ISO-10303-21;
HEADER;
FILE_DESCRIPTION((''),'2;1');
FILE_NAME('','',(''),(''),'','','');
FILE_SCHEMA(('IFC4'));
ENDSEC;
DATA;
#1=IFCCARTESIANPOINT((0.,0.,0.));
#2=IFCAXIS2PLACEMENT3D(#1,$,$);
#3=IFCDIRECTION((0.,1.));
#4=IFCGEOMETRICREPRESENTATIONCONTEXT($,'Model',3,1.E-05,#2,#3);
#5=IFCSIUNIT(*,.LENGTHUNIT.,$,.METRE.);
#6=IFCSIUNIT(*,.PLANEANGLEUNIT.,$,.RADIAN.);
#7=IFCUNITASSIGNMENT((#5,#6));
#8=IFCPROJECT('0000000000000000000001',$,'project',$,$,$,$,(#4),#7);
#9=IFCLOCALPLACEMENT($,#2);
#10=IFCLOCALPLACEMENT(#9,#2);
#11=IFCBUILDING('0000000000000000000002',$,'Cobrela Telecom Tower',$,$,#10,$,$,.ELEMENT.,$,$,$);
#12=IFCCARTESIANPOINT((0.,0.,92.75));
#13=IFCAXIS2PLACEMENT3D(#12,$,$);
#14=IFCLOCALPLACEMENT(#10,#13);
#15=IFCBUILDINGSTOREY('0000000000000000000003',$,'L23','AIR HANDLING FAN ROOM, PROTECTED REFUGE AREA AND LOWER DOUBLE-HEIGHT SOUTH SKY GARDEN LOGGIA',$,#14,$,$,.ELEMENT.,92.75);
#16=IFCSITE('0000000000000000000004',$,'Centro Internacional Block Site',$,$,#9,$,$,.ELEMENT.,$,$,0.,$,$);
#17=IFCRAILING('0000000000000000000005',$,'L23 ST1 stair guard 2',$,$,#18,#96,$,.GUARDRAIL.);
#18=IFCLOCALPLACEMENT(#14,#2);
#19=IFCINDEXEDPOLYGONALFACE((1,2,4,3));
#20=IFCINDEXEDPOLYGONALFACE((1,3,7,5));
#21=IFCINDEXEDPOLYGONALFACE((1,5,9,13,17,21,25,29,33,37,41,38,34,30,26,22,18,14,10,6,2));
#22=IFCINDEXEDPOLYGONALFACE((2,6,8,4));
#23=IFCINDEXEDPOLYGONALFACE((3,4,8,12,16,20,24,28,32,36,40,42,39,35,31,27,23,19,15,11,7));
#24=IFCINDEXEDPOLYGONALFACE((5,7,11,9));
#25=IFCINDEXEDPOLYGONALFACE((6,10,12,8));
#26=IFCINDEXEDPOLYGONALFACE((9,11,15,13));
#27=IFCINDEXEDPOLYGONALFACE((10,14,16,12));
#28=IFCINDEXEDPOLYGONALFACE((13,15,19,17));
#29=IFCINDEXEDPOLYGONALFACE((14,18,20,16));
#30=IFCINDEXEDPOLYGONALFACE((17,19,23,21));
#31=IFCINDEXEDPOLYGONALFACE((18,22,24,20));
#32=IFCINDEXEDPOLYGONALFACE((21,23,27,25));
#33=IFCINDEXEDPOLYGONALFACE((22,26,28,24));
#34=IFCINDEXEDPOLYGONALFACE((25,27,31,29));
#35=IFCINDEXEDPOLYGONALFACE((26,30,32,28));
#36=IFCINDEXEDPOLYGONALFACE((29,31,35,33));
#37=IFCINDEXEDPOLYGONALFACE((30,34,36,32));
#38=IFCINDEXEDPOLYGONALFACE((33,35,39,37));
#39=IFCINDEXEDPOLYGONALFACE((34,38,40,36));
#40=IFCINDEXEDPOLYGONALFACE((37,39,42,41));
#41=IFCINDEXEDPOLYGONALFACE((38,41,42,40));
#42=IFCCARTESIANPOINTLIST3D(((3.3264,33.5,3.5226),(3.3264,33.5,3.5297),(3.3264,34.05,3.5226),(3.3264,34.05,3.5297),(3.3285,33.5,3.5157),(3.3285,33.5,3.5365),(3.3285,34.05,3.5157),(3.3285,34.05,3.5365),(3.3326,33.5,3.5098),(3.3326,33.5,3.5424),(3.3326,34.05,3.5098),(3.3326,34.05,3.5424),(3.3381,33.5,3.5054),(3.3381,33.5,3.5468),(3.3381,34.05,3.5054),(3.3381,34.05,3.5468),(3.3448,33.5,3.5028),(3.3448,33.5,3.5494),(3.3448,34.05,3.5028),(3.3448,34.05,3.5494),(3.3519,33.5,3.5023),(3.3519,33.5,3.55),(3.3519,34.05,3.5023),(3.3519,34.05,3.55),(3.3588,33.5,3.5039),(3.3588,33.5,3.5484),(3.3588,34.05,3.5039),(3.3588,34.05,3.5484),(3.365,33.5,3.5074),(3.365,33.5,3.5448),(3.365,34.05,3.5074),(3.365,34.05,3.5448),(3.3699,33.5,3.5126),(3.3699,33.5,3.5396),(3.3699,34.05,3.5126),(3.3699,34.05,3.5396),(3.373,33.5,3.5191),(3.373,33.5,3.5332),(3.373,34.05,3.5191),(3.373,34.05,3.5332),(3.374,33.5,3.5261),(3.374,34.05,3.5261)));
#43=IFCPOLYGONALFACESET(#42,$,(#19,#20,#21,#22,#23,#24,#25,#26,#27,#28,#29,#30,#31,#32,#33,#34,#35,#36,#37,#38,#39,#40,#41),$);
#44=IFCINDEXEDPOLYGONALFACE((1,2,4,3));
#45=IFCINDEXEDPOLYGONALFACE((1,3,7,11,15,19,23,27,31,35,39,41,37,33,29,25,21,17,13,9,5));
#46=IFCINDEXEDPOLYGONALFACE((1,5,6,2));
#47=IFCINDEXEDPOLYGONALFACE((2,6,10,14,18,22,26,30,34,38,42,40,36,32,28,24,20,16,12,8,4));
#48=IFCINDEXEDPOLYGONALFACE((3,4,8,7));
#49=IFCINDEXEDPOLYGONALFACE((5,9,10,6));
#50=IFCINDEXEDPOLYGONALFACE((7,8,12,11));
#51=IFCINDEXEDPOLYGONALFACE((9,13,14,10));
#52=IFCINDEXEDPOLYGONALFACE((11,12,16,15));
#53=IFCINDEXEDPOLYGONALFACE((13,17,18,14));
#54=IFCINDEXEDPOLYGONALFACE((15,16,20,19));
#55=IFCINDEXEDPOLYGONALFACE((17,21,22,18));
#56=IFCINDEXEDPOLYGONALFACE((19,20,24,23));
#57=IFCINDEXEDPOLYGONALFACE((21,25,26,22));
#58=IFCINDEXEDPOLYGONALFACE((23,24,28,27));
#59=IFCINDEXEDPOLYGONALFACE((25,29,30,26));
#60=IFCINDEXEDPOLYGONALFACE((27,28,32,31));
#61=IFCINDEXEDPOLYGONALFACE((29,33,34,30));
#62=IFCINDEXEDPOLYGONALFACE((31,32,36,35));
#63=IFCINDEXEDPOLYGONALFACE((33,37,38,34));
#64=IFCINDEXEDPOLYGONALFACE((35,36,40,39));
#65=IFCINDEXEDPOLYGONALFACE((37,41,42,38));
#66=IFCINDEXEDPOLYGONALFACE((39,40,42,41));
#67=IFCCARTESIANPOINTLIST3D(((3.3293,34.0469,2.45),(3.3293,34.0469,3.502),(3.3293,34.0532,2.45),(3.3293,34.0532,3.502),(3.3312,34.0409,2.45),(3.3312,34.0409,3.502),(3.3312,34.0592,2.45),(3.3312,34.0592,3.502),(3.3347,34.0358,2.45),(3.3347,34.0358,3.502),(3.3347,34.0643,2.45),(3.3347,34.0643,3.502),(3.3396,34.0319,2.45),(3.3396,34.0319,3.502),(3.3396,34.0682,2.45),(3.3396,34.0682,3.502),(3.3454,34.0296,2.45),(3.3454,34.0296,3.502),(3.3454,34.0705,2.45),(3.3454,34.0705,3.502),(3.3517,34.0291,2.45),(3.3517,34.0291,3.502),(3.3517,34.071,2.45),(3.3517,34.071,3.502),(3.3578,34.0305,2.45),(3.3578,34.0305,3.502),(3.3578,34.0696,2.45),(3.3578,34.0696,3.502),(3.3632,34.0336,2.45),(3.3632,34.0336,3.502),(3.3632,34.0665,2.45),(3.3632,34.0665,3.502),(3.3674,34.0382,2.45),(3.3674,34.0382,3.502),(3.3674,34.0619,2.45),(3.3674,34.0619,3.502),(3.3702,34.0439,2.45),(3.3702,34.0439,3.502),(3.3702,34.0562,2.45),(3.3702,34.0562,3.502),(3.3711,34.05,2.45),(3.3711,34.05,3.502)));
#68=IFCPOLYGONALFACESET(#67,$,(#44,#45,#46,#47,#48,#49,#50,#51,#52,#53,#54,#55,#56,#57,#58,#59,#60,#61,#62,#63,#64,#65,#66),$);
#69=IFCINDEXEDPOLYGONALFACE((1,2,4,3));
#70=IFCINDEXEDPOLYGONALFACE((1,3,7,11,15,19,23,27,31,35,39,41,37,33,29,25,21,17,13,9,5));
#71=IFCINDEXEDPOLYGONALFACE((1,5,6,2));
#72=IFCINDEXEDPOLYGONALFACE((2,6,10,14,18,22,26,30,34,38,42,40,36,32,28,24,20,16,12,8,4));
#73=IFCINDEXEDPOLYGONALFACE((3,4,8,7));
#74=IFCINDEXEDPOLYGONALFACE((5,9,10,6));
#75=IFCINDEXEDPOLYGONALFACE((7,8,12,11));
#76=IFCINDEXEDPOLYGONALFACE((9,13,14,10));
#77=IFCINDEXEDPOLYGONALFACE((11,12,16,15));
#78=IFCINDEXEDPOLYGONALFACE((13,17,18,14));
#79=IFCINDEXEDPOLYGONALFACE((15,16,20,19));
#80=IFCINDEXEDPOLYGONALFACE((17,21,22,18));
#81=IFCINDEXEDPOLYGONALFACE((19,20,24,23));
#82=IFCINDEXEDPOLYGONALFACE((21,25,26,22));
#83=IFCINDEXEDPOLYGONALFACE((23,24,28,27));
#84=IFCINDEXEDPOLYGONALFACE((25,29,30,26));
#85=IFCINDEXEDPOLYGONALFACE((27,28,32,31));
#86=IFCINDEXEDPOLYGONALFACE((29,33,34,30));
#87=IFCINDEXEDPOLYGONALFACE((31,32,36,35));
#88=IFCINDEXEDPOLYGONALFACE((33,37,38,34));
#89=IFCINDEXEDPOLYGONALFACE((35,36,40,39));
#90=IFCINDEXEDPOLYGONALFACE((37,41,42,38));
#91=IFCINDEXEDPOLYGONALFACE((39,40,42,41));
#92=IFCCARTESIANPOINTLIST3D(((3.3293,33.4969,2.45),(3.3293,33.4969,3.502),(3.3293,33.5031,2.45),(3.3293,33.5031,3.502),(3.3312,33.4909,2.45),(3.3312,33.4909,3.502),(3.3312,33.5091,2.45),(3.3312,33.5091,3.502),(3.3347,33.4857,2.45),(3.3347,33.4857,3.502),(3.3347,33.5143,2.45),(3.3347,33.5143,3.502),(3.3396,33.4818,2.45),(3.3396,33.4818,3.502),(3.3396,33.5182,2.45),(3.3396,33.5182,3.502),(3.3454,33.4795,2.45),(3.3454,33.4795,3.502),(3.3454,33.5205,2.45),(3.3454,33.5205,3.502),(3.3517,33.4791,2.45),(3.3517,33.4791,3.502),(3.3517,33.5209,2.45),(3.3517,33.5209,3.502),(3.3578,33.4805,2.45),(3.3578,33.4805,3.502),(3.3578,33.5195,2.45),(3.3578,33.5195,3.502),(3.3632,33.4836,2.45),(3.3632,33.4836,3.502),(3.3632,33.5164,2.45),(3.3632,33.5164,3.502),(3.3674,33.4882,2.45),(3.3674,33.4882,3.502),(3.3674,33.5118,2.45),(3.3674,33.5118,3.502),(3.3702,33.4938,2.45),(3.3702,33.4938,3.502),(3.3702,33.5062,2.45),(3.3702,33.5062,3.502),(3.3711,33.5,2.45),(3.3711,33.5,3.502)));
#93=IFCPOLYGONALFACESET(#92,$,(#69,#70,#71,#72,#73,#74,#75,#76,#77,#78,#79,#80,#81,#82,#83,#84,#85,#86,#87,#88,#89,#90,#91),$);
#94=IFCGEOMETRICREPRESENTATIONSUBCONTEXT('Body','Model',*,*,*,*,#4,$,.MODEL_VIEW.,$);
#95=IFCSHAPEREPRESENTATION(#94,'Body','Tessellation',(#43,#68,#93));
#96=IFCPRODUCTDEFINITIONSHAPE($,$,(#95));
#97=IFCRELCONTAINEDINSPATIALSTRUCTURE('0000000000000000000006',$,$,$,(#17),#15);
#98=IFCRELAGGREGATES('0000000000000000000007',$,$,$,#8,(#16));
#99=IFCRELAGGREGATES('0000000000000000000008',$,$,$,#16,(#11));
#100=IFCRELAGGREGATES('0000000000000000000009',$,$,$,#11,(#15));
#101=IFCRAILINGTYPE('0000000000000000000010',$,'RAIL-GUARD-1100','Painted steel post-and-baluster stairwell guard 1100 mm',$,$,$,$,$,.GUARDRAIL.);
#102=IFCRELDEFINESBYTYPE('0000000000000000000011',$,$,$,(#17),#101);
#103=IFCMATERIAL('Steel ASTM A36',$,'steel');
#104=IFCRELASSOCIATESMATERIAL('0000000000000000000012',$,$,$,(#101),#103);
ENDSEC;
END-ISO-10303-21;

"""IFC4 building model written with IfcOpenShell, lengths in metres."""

from ifc_helpers import new_model, si_unit, direction, frame, origin, origin_2d, place, context, subcontext, project, spatial, circle, extrude, material, type_object, element, save


model = new_model("IFC4")

# Units and contexts
model_context = context("Model", 3, precision=1e-05, world=origin(), true_north=direction((0.0, 1.0)))
body_context = subcontext(model_context, "Body", "Model", "MODEL_VIEW")
ifc_project = project(units=[si_unit("LENGTHUNIT", "METRE"), si_unit("PLANEANGLEUNIT", "RADIAN")], contexts=[model_context])

# Site, building, storey
site_placement = place(None, origin())
site = spatial("IfcSite", under=ifc_project, at=site_placement, Name="Centro Internacional Block Site", CompositionType="ELEMENT", RefElevation=0.0)
building_placement = place(site_placement, origin())
building = spatial("IfcBuilding", under=site, at=building_placement, Name="Cobrela Telecom Tower", CompositionType="ELEMENT")
storey_placement = place(building_placement, frame((0.0, 0.0, 92.75)))
storey = spatial("IfcBuildingStorey", under=building, at=storey_placement, Name="L23", Description="AIR HANDLING FAN ROOM, PROTECTED REFUGE AREA AND LOWER DOUBLE-HEIGHT SOUTH SKY GARDEN LOGGIA", CompositionType="ELEMENT", Elevation=92.75)

# Shared definitions
ifc_material_1 = material(Name="Steel ASTM A36", Category="steel")

# Railing
railing_type_1 = type_object("IfcRailingType", Name="RAIL-GUARD-1100", Description="Painted steel post-and-baluster stairwell guard 1100 mm", PredefinedType="GUARDRAIL", material=ifc_material_1)
railing_1_placement = place(storey_placement, frame((3.3501, 34.05, 2.45)))
element("IfcRailing", 1, at=railing_1_placement, inside=storey, type_object=railing_type_1, Name="L23 ST1 stair guard 2", PredefinedType="GUARDRAIL", context=body_context, shape_type="SweptSolid", body=[
    extrude(circle(Radius=0.0239, at=origin_2d()), frame((0.0, 0.0, 1.0762), z_axis=(0.0, -1.0, 0.0), x_axis=(1.0, 0.0, 0.0)), (0.0, 0.0, 1.0), 0.55),
    extrude(circle(Radius=0.021, at=origin_2d()), origin(), (0.0, 0.0, 1.0), 1.052),
    extrude(circle(Radius=0.021, at=origin_2d()), frame((0.0, -0.55, 0.0)), (0.0, 0.0, 1.0), 1.052),
])

save(model, "model.ifc")
